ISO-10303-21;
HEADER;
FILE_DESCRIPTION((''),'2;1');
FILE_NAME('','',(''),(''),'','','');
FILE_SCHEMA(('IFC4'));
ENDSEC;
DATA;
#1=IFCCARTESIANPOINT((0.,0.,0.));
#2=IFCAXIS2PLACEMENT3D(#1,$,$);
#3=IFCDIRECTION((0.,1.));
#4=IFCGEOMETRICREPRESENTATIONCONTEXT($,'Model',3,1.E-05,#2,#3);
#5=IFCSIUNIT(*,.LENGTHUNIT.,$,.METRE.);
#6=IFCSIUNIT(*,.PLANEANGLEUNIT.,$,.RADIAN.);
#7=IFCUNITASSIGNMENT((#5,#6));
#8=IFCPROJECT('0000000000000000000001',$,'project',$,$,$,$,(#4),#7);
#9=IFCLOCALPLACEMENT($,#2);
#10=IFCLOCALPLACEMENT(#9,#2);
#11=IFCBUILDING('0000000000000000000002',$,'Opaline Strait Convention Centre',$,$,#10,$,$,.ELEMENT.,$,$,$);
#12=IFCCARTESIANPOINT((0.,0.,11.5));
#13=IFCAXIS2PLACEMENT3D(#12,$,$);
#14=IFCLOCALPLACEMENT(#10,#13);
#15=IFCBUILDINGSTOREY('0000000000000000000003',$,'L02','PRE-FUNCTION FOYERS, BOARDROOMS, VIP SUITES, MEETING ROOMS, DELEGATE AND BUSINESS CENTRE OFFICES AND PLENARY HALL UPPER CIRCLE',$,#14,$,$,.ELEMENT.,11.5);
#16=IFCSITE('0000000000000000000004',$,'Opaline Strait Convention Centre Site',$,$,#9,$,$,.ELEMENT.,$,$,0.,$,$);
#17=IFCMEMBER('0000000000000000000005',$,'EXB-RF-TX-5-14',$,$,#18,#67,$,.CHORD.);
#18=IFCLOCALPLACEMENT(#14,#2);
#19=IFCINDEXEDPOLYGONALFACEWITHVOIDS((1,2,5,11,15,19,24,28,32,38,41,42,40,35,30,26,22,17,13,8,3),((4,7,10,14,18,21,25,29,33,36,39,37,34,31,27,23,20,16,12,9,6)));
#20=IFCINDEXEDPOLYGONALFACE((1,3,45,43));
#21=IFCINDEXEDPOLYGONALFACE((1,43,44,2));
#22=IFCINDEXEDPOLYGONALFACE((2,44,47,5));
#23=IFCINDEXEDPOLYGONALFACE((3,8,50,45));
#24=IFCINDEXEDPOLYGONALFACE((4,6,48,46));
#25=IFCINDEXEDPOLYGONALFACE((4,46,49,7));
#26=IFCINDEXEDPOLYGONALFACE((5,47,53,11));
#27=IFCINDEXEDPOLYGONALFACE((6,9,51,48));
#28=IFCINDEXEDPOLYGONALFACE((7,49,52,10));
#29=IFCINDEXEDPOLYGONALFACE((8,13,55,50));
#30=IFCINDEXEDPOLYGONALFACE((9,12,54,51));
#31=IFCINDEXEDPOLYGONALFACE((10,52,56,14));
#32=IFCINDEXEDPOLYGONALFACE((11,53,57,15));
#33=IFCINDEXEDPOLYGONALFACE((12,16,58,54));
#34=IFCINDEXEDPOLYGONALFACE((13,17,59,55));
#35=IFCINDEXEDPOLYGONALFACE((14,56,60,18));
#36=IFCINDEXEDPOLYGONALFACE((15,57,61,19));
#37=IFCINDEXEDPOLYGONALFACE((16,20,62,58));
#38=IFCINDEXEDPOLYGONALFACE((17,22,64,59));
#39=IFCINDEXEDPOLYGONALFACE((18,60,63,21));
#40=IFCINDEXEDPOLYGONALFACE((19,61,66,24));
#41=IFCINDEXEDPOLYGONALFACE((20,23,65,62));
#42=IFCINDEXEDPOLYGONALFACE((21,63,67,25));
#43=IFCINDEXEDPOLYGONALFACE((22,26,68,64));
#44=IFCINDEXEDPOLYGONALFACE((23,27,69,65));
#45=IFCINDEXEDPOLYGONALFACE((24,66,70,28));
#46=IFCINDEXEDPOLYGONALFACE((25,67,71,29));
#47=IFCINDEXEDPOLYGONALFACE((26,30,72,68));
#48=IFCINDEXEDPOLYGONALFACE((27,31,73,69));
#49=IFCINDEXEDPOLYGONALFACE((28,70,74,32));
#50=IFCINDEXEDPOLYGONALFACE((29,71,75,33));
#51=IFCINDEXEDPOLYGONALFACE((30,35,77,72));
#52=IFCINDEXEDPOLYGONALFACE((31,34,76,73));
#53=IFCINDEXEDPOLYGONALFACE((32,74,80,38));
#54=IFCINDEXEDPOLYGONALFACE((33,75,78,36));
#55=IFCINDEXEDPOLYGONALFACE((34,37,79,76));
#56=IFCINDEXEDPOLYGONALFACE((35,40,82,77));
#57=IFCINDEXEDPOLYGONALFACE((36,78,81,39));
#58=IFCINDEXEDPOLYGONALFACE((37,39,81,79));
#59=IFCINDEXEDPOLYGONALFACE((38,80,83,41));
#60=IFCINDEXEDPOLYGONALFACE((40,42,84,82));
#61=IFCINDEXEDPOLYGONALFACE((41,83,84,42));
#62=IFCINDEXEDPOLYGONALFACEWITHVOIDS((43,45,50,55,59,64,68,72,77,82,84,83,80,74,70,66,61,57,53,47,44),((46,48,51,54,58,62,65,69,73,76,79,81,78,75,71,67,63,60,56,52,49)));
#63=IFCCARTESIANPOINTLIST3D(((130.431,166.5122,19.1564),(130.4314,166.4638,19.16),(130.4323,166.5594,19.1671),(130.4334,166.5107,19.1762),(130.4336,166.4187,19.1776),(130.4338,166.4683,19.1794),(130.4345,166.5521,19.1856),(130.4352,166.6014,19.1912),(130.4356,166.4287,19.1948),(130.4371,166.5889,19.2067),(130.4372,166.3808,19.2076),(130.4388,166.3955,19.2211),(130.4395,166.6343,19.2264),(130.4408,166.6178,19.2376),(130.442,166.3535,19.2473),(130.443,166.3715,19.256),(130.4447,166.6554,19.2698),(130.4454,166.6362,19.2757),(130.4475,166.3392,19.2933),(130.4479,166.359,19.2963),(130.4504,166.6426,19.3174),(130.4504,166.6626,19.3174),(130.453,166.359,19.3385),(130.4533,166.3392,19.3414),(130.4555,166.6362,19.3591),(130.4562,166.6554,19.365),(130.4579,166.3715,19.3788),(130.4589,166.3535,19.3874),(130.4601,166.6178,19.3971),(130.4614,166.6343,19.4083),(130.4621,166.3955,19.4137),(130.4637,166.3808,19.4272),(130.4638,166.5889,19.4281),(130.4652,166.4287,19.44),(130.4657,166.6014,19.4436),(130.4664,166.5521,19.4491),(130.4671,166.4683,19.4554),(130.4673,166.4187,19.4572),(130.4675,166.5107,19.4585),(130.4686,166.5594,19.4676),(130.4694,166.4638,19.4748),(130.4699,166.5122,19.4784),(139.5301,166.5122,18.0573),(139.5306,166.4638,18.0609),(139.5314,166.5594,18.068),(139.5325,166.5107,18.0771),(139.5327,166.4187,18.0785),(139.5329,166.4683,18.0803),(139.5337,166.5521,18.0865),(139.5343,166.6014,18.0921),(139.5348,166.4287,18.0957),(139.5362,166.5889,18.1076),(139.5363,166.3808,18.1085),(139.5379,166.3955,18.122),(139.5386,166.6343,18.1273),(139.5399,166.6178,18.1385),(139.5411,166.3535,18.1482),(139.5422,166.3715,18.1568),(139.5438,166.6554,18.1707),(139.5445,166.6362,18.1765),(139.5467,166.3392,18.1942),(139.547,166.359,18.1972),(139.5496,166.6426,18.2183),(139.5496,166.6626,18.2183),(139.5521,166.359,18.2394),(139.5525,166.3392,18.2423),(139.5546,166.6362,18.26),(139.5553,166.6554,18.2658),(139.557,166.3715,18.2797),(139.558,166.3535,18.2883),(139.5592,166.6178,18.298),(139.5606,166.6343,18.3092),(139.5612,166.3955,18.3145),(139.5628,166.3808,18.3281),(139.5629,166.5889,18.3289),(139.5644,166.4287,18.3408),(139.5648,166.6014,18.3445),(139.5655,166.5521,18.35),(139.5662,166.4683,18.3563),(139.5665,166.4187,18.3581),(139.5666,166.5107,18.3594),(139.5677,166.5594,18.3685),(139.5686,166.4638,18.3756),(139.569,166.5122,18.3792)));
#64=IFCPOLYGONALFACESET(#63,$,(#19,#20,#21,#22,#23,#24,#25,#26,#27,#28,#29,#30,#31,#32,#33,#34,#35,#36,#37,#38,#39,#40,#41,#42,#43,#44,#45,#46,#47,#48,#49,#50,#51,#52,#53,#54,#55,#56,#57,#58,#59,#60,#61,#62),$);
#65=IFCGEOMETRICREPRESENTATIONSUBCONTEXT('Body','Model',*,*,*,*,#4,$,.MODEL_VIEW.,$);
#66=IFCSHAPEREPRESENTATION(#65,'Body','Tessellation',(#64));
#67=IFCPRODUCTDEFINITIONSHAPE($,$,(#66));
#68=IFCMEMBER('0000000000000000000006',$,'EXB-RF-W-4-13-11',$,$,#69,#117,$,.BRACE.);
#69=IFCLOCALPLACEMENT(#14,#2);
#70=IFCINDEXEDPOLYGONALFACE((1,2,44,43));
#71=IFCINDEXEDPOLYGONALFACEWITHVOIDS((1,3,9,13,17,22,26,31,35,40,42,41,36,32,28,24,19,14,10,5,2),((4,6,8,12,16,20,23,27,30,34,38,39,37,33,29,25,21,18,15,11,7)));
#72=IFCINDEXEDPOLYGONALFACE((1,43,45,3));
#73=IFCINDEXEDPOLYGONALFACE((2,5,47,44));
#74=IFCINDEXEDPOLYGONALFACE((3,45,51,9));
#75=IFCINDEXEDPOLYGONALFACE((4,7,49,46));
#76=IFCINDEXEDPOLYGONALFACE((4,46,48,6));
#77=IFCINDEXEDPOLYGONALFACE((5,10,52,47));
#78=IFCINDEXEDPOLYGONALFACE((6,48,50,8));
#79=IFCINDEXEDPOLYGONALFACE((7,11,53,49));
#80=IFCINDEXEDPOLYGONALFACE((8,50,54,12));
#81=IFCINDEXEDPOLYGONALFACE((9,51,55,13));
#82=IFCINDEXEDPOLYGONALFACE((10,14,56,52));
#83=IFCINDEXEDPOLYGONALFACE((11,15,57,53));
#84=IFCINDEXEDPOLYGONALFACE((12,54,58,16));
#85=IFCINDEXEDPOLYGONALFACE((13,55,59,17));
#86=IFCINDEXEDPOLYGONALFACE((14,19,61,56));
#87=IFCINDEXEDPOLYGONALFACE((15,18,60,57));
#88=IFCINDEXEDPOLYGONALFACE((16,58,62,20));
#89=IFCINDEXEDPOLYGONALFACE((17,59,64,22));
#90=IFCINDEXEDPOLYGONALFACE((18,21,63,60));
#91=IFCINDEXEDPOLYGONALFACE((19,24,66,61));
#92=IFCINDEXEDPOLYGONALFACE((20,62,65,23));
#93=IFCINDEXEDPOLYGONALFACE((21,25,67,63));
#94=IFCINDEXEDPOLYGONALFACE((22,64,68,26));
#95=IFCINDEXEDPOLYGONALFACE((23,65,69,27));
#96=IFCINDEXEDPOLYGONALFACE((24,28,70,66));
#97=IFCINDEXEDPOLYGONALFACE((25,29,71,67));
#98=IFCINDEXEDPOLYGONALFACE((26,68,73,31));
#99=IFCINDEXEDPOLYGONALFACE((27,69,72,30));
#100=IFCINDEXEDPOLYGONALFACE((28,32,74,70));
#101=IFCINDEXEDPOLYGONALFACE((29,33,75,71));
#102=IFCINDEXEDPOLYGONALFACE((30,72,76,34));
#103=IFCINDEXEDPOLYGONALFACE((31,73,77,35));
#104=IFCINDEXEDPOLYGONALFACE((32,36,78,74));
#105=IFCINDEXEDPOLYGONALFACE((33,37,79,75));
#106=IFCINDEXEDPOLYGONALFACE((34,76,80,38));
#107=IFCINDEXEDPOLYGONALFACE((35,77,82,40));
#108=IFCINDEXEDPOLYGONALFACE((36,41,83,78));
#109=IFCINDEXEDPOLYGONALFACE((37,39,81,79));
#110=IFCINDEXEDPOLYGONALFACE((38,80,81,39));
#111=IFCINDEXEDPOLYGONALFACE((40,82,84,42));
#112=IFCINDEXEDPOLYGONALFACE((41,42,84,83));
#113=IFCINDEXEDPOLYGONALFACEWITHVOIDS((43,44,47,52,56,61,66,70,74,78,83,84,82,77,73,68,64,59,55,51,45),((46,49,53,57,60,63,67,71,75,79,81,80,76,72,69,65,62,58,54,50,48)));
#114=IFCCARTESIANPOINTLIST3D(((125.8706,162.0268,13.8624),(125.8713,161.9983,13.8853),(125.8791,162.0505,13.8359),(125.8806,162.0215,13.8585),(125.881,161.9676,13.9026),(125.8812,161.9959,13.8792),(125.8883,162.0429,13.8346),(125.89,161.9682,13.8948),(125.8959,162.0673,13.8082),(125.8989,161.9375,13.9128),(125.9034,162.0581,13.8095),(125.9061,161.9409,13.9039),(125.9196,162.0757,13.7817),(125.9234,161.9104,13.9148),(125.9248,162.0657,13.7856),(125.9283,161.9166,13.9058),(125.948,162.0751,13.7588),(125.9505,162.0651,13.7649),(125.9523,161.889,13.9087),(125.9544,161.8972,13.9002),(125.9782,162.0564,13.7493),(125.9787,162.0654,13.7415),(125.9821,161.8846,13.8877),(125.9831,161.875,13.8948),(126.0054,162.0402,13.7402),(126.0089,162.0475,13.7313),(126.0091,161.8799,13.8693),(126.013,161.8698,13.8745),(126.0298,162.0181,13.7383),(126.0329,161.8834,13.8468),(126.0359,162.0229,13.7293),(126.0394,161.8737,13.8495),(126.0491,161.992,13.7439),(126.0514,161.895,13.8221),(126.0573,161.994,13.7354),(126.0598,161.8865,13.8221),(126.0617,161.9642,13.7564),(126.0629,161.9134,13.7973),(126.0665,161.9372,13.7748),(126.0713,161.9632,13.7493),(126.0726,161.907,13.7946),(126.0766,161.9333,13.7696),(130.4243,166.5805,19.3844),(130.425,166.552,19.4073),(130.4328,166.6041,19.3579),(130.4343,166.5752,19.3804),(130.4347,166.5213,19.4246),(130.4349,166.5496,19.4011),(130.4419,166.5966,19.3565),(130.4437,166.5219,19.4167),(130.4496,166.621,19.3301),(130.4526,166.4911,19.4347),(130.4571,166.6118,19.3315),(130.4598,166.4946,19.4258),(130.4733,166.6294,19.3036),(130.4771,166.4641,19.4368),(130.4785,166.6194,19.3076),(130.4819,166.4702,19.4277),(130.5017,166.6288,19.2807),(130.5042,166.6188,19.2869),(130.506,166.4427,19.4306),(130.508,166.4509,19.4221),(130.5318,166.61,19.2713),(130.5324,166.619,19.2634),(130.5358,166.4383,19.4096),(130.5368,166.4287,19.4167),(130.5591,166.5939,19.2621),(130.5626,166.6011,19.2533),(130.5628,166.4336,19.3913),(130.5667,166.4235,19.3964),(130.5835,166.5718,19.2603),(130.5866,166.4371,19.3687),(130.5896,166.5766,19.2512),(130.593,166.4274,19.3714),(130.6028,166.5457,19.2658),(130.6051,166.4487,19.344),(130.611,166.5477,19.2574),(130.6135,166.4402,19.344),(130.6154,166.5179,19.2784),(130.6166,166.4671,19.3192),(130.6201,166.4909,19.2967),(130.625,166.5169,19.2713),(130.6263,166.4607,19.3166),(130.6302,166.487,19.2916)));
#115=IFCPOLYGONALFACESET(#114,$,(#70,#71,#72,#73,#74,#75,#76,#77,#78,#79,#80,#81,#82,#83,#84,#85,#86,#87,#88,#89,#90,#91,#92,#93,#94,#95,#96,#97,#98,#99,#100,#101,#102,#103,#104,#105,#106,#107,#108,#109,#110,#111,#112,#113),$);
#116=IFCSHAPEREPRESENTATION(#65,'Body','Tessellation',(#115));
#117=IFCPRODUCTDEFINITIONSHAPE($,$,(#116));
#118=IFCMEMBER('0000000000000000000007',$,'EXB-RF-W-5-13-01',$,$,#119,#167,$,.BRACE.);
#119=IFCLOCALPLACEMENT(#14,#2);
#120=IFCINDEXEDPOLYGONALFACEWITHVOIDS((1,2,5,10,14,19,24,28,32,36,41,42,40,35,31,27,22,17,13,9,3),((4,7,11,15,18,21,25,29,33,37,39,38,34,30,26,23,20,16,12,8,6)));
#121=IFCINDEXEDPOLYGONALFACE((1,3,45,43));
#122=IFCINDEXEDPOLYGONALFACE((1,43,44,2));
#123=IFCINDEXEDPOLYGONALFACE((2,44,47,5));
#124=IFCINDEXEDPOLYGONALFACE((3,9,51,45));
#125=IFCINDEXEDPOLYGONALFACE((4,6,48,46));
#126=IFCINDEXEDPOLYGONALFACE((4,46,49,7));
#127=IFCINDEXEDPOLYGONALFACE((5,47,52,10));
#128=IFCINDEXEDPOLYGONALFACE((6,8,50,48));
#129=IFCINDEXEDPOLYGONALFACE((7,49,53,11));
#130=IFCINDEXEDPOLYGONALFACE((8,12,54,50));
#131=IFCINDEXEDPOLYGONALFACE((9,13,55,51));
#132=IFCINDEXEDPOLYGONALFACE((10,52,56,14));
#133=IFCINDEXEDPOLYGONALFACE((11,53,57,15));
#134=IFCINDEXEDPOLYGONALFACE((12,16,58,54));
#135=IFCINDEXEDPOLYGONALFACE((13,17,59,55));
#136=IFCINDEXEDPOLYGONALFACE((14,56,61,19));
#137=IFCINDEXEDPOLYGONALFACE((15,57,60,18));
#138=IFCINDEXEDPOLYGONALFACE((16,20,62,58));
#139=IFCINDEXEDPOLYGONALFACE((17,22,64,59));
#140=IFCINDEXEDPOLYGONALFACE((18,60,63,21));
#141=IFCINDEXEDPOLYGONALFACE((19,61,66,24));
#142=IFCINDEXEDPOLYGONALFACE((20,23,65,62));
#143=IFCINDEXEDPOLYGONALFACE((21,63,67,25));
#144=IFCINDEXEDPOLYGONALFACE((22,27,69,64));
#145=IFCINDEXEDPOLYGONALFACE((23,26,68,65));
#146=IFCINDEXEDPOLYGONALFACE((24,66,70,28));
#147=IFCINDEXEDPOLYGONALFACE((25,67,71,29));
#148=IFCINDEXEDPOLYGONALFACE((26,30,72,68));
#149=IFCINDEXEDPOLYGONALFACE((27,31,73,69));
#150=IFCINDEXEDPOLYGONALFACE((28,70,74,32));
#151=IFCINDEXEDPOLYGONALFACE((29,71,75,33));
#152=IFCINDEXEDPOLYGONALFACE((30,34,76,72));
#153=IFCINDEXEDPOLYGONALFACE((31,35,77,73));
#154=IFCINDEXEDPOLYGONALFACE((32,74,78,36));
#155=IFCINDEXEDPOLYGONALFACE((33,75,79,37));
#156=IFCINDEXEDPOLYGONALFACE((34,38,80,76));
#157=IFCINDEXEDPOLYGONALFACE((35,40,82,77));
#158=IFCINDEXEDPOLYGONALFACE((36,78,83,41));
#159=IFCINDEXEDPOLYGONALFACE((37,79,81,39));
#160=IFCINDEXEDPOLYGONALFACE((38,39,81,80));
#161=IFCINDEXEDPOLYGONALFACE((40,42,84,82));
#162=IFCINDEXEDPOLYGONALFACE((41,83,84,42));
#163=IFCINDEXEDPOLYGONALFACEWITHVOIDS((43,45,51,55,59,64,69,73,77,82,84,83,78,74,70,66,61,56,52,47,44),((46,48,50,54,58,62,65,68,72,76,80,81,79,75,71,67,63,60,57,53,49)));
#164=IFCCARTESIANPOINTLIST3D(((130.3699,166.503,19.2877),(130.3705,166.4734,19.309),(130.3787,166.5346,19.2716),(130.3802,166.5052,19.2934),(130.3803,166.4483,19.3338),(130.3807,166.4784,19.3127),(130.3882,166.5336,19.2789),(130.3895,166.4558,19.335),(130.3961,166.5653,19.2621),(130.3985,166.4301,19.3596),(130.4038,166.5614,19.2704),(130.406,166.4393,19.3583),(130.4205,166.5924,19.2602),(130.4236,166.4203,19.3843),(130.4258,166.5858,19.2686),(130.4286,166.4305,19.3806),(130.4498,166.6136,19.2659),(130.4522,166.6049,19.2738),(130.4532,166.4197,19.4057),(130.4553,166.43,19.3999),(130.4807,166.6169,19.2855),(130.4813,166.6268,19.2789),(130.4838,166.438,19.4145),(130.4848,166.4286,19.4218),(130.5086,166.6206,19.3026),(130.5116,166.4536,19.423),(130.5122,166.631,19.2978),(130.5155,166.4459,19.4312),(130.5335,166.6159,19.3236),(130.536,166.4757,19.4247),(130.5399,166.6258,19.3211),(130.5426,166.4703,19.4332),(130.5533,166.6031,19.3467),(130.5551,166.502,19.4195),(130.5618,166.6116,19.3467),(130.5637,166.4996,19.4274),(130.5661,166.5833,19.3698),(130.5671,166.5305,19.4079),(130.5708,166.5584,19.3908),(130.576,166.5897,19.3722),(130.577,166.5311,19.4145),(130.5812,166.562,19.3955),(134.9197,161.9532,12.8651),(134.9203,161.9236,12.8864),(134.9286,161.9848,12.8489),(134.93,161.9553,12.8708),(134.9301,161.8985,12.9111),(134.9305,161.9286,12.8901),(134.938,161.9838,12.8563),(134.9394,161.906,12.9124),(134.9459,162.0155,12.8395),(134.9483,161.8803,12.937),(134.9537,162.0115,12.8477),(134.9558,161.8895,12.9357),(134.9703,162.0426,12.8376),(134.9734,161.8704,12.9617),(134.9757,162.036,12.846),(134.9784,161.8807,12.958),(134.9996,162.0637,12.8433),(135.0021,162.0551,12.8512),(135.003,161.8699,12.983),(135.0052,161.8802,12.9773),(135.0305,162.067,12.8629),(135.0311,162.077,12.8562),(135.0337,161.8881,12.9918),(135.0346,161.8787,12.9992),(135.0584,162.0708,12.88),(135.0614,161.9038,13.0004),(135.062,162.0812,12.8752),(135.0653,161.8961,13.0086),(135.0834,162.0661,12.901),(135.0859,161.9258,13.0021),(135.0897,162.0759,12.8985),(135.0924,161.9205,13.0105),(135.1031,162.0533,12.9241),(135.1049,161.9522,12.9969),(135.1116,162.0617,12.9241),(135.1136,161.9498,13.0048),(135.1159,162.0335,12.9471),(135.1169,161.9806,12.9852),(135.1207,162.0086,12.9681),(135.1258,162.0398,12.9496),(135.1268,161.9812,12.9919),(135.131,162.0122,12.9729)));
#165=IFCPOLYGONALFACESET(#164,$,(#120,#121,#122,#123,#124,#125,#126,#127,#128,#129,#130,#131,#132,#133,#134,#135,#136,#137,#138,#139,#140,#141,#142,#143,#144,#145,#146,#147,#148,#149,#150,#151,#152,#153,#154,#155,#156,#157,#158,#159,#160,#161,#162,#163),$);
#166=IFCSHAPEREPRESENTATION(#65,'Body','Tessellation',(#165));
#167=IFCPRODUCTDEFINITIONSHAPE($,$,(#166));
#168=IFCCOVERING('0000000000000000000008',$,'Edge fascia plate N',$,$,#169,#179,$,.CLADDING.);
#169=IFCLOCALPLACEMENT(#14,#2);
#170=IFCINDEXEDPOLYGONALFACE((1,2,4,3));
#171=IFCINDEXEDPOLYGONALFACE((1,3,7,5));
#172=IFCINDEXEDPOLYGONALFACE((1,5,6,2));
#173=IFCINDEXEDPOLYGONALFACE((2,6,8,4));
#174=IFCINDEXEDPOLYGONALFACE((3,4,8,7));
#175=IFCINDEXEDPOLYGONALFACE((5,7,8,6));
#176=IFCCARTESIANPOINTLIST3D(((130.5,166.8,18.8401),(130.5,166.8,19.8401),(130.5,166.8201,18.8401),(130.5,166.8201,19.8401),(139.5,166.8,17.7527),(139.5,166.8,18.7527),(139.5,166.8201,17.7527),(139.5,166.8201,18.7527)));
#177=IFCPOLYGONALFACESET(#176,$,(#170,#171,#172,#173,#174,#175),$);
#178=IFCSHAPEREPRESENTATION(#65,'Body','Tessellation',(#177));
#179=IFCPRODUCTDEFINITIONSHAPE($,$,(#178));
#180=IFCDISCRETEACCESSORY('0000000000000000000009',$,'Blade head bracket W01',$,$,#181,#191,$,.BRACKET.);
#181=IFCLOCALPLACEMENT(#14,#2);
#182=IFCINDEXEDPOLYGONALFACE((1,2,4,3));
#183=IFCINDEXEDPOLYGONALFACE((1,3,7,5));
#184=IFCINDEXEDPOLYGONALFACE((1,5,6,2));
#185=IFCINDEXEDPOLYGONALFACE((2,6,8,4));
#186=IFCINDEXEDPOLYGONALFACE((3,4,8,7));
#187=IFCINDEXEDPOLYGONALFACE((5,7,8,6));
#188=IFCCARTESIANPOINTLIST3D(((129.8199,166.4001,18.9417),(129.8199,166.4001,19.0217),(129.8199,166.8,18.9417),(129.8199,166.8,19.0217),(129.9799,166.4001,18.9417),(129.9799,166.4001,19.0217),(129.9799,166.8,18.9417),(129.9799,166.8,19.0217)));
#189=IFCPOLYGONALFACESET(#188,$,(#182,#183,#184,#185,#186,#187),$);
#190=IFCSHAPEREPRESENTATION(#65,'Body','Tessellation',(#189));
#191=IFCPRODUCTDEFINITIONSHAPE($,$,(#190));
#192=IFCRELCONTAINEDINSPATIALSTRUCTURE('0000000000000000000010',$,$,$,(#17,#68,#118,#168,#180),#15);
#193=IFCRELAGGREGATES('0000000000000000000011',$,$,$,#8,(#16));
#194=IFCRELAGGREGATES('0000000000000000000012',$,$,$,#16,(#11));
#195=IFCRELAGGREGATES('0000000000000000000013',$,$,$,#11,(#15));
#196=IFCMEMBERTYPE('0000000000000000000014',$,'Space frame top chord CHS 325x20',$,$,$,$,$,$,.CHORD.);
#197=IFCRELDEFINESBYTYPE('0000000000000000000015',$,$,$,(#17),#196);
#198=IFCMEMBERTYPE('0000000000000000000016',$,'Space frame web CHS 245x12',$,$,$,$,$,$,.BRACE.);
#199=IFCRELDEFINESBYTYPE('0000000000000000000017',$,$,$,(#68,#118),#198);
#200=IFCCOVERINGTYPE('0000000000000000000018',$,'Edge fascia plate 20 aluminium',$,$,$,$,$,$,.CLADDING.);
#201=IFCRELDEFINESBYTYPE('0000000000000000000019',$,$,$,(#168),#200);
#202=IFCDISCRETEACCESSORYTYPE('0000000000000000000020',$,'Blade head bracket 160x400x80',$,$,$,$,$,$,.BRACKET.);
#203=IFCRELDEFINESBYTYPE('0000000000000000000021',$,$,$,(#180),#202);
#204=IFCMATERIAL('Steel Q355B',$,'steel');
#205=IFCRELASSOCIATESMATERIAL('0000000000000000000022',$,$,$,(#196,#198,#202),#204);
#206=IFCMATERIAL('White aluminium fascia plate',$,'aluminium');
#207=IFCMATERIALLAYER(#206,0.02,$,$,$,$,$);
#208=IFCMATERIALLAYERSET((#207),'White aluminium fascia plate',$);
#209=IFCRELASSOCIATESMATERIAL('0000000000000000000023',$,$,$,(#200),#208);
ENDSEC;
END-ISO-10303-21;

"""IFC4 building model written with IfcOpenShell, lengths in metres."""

from ifc_helpers import new_model, si_unit, direction, frame, origin, origin_2d, place, context, subcontext, project, spatial, polyline, rectangle, hollow_circle, outline, extrude, material, layer, layer_set, material_profile, profile_set, type_object, element, save


model = new_model("IFC4")

# Units and contexts
model_context = context("Model", 3, precision=1e-05, world=origin(), true_north=direction((0.0, 1.0)))
body_context = subcontext(model_context, "Body", "Model", "MODEL_VIEW")
ifc_project = project(units=[si_unit("LENGTHUNIT", "METRE"), si_unit("PLANEANGLEUNIT", "RADIAN")], contexts=[model_context])

# Site, building, storey
site_placement = place(None, origin())
site = spatial("IfcSite", under=ifc_project, at=site_placement, Name="Opaline Strait Convention Centre Site", CompositionType="ELEMENT", RefElevation=0.0)
building_placement = place(site_placement, origin())
building = spatial("IfcBuilding", under=site, at=building_placement, Name="Opaline Strait Convention Centre", CompositionType="ELEMENT")
storey_placement = place(building_placement, frame((0.0, 0.0, 11.5)))
storey = spatial("IfcBuildingStorey", under=building, at=storey_placement, Name="L02", Description="PRE-FUNCTION FOYERS, BOARDROOMS, VIP SUITES, MEETING ROOMS, DELEGATE AND BUSINESS CENTRE OFFICES AND PLENARY HALL UPPER CIRCLE", CompositionType="ELEMENT", Elevation=11.5)

# Members
ifc_material_1 = material(Name="Steel Q355B", Category="steel")
ifc_material_profile_1 = material_profile(ifc_material_1, hollow_circle(Radius=0.1626, WallThickness=0.02, at=origin_2d()), Name="CHS 325x20")
ifc_profile_set_1 = profile_set([ifc_material_profile_1], Name="Steel Q355B")
member_type_1 = type_object("IfcMemberType", Name="Space frame top chord CHS 325x20", PredefinedType="CHORD", material=ifc_profile_set_1)
member_1_placement = place(storey_placement, frame((130.4504, 166.5, 19.3174), z_axis=(0.992783, 0.0, -0.119922), x_axis=(0.0, 1.0, 0.0)))
element("IfcMember", 1, at=member_1_placement, inside=storey, type_object=member_type_1, Name="EXB-RF-TX-5-14", PredefinedType="CHORD", context=body_context, shape_type="SweptSolid", body=[
    extrude(hollow_circle(Radius=0.1626, WallThickness=0.02, at=origin_2d()), origin(), (0.0, 0.0, 1.0), 9.1653),
])
ifc_material_profile_2 = material_profile(ifc_material_1, hollow_circle(Radius=0.1226, WallThickness=0.012, at=origin_2d()), Name="CHS 245x12")
ifc_profile_set_2 = profile_set([ifc_material_profile_2], Name="Steel Q355B")
member_type_2 = type_object("IfcMemberType", Name="Space frame web CHS 245x12", PredefinedType="BRACE", material=ifc_profile_set_2)
member_2_placement = place(storey_placement, frame((130.5269, 166.5269, 19.344), z_axis=(-0.536791, -0.536791, -0.65093), x_axis=(0.707107, -0.707107, 0.0)))
element("IfcMember", 2, at=member_2_placement, inside=storey, type_object=member_type_2, Name="EXB-RF-W-4-13-11", PredefinedType="BRACE", context=body_context, shape_type="SweptSolid", body=[
    extrude(hollow_circle(Radius=0.1226, WallThickness=0.012, at=origin_2d()), origin(), (0.0, 0.0, 1.0), 8.4832),
])
member_3_placement = place(storey_placement, frame((130.4751, 166.5249, 19.3467), z_axis=(0.500458, -0.500458, -0.706458), x_axis=(0.707107, 0.707107, 0.0)))
element("IfcMember", 3, at=member_3_placement, inside=storey, type_object=member_type_2, Name="EXB-RF-W-5-13-01", PredefinedType="BRACE", context=body_context, shape_type="SweptSolid", body=[
    extrude(hollow_circle(Radius=0.1226, WallThickness=0.012, at=origin_2d()), origin(), (0.0, 0.0, 1.0), 9.0913),
])

# Covering
ifc_material_2 = material(Name="White aluminium fascia plate", Category="aluminium")
ifc_layer = layer(ifc_material_2, 0.02)
ifc_layer_set = layer_set([ifc_layer], Name="White aluminium fascia plate")
covering_type = type_object("IfcCoveringType", Name="Edge fascia plate 20 aluminium", PredefinedType="CLADDING", material=ifc_layer_set)
covering_placement = place(storey_placement, frame((135.0, 166.8, 18.7964), z_axis=(0.0, 1.0, 0.0), x_axis=(-1.0, 0.0, 0.0)))
element("IfcCovering", 4, at=covering_placement, inside=storey, type_object=covering_type, Name="Edge fascia plate N", PredefinedType="CLADDING", context=body_context, shape_type="SweptSolid", body=[
    extrude(outline(polyline([(-4.5, -0.0437), (4.5, 1.0437), (4.5, 0.0437), (-4.5, -1.0437), (-4.5, -0.0437)])), origin(), (0.0, 0.0, 1.0), 0.02),
])

# Discrete accessory
discrete_accessory_type_1 = type_object("IfcDiscreteAccessoryType", Name="Blade head bracket 160x400x80", PredefinedType="BRACKET", material=ifc_material_1)
for number, where, z_axis, x_axis, name in (
    (5, (129.8999, 166.6001, 18.9417), (0.0, 0.0, 1.0), (1.0, 0.0, 0.0), "Blade head bracket W01"),
):
    element("IfcDiscreteAccessory", number, at=place(storey_placement, frame(where, z_axis=z_axis, x_axis=x_axis)), inside=storey, type_object=discrete_accessory_type_1, Name=name, PredefinedType="BRACKET", context=body_context, shape_type="SweptSolid", body=[
        extrude(rectangle(XDim=0.1599, YDim=0.3999, at=origin_2d()), origin(), (0.0, 0.0, 1.0), 0.0801),
    ])

save(model, "model.ifc")
